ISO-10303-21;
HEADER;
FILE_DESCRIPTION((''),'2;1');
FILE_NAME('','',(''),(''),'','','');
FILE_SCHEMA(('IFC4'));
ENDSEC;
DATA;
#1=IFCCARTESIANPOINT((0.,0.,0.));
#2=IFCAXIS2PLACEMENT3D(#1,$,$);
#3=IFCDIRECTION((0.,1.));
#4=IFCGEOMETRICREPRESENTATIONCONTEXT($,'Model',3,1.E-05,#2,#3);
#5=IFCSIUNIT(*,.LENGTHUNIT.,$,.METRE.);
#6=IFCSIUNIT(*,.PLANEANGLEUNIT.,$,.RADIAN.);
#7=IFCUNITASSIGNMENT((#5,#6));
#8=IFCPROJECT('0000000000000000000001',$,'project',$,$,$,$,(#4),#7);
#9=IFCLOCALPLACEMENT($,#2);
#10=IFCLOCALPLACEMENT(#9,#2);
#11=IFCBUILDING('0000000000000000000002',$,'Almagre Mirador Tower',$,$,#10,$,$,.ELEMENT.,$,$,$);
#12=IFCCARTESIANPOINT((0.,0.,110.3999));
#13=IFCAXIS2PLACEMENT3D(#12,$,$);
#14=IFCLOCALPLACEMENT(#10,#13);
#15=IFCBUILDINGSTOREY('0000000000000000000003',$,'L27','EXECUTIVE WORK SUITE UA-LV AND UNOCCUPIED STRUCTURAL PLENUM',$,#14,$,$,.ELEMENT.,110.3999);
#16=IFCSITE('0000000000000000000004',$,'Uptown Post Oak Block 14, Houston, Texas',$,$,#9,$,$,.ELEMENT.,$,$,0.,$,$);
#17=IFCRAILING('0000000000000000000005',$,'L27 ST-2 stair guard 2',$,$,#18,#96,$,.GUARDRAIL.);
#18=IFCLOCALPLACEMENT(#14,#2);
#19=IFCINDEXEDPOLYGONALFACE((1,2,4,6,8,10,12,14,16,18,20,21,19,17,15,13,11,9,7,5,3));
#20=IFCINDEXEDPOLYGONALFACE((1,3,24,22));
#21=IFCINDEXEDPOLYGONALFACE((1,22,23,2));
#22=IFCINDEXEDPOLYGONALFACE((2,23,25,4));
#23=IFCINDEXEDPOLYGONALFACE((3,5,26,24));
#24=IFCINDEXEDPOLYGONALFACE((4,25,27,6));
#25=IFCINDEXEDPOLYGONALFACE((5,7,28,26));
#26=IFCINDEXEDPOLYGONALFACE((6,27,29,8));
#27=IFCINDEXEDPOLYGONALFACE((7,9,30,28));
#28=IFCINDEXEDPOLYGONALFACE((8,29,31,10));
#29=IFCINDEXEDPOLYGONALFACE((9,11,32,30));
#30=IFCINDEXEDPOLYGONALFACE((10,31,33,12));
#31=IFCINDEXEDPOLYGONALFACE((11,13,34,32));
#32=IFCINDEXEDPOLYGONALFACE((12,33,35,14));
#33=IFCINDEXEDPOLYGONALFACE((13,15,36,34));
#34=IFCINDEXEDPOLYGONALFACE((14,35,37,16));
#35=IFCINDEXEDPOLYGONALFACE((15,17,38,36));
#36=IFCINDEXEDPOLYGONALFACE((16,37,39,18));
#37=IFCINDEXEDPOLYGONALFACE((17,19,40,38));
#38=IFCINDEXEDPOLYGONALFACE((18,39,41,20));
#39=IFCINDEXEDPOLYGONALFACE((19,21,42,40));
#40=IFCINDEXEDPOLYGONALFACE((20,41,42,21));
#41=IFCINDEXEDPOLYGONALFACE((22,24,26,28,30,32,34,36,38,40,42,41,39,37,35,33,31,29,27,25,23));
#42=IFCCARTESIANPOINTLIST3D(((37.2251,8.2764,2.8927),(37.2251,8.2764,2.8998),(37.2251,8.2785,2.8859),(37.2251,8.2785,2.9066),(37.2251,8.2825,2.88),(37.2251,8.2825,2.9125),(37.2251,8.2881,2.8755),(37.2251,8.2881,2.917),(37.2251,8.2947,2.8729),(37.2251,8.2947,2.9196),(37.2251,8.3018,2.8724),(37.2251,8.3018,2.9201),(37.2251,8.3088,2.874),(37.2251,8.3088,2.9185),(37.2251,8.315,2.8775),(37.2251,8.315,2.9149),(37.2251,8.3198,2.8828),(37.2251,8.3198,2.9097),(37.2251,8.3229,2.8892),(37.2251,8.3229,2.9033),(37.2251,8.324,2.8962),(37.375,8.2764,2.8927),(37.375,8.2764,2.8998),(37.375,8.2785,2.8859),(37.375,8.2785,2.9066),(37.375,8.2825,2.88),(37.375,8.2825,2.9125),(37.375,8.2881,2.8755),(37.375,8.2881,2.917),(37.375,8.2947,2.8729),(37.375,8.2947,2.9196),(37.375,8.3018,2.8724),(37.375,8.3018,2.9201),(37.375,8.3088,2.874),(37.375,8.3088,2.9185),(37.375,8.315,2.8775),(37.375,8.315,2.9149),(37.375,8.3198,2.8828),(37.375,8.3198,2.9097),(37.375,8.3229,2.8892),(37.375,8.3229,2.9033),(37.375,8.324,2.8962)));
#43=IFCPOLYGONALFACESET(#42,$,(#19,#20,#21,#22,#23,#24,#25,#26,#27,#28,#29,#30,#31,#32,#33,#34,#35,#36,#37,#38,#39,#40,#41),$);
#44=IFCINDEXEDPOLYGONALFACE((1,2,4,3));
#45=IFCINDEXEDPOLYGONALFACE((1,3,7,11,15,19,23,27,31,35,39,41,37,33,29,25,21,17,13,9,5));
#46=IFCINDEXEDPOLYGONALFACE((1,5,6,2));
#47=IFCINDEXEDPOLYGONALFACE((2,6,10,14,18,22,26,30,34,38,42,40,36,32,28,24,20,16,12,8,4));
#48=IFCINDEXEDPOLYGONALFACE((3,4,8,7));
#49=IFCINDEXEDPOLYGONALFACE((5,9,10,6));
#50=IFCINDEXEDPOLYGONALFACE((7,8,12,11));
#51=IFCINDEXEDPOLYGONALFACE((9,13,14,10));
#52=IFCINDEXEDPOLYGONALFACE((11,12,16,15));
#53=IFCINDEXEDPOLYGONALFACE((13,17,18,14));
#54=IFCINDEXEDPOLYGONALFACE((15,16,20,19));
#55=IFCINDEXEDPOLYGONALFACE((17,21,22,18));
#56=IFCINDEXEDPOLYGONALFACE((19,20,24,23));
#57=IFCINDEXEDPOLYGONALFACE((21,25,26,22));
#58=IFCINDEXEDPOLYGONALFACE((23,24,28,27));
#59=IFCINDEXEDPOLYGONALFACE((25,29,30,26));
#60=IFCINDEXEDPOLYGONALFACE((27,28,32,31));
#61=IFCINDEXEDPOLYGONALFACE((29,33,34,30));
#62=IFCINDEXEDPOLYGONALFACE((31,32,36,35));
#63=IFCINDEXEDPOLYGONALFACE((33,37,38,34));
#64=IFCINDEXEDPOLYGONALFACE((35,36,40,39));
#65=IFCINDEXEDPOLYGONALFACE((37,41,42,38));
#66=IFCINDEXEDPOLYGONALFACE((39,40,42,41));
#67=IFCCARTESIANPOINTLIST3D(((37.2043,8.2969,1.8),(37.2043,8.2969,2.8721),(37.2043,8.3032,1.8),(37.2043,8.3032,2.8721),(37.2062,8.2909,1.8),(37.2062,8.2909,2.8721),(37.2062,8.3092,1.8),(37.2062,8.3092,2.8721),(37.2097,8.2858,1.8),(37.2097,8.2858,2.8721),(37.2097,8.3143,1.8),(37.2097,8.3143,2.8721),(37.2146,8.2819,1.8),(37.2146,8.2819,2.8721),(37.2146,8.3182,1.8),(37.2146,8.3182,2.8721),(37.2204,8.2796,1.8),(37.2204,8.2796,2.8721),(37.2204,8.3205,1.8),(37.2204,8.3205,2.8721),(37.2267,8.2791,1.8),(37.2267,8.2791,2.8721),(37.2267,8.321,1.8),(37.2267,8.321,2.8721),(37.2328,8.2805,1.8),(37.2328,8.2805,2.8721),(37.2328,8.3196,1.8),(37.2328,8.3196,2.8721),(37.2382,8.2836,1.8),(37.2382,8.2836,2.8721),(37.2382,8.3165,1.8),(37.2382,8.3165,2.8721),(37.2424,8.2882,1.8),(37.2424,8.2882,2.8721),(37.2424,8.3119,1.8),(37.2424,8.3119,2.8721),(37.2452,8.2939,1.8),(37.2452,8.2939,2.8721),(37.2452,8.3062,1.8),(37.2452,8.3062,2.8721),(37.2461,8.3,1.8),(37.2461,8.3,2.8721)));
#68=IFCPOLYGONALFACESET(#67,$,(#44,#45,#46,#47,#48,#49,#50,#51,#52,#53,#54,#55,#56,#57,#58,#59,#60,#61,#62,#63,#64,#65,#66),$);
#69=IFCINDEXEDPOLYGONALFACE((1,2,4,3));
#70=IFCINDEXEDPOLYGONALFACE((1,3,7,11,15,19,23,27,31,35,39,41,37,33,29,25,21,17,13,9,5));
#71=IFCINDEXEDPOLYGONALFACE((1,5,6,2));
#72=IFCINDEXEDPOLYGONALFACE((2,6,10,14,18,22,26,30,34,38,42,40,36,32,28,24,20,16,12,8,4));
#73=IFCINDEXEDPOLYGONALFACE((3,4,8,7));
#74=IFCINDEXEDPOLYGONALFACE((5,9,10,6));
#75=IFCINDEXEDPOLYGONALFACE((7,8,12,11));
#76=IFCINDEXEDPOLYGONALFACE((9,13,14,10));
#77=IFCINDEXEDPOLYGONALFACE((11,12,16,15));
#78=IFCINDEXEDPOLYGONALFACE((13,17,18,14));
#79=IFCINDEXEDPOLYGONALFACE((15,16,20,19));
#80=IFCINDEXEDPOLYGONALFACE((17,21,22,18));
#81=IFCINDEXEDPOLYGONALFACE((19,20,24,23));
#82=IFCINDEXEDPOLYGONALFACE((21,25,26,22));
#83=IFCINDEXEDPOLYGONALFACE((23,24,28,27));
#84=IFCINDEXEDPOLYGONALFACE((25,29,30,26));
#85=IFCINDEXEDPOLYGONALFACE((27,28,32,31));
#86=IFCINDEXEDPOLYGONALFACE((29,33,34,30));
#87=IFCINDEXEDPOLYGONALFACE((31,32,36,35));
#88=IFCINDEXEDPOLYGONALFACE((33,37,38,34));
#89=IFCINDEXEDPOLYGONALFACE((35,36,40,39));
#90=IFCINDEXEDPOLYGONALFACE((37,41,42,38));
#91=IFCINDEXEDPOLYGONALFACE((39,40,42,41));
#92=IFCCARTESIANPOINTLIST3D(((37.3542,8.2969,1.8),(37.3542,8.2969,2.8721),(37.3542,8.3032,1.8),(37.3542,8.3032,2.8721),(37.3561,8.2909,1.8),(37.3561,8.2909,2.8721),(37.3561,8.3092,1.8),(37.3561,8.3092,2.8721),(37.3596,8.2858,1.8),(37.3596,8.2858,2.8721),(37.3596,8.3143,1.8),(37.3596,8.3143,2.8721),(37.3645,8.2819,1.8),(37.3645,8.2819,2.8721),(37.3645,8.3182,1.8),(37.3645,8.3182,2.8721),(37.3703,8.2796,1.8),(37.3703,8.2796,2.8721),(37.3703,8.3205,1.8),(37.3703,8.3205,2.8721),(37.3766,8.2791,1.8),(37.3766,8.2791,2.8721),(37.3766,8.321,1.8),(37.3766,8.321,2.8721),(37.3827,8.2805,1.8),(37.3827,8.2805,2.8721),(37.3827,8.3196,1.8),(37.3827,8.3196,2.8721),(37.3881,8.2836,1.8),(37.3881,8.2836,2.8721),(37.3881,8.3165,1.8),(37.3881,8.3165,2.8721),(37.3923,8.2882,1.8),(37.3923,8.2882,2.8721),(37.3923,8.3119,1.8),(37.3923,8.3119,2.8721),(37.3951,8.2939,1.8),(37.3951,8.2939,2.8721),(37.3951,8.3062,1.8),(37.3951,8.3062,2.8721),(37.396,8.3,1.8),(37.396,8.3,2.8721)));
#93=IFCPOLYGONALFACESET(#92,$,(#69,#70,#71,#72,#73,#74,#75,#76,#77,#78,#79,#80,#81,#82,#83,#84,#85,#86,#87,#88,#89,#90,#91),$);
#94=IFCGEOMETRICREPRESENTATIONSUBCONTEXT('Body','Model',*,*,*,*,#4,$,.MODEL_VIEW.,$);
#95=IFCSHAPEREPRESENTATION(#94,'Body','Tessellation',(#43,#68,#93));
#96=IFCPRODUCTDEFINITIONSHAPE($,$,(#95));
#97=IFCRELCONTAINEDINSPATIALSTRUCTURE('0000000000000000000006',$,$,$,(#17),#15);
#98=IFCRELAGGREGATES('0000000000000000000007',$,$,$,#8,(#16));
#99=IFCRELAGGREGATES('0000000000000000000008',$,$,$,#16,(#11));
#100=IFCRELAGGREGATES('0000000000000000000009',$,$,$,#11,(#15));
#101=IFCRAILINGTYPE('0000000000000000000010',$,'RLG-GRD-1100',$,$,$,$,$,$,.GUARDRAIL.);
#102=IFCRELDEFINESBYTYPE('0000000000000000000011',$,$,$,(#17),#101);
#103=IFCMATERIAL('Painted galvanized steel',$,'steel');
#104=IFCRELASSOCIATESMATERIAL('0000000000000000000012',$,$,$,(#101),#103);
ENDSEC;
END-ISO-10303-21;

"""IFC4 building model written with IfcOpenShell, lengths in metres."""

from ifc_helpers import new_model, si_unit, direction, frame, origin, origin_2d, place, context, subcontext, project, spatial, circle, extrude, material, type_object, element, save


model = new_model("IFC4")

# Units and contexts
model_context = context("Model", 3, precision=1e-05, world=origin(), true_north=direction((0.0, 1.0)))
body_context = subcontext(model_context, "Body", "Model", "MODEL_VIEW")
ifc_project = project(units=[si_unit("LENGTHUNIT", "METRE"), si_unit("PLANEANGLEUNIT", "RADIAN")], contexts=[model_context])

# Site, building, storey
site_placement = place(None, origin())
site = spatial("IfcSite", under=ifc_project, at=site_placement, Name="Uptown Post Oak Block 14, Houston, Texas", CompositionType="ELEMENT", RefElevation=0.0)
building_placement = place(site_placement, origin())
building = spatial("IfcBuilding", under=site, at=building_placement, Name="Almagre Mirador Tower", CompositionType="ELEMENT")
storey_placement = place(building_placement, frame((0.0, 0.0, 110.3999)))
storey = spatial("IfcBuildingStorey", under=building, at=storey_placement, Name="L27", Description="EXECUTIVE WORK SUITE UA-LV AND UNOCCUPIED STRUCTURAL PLENUM", CompositionType="ELEMENT", Elevation=110.3999)

# Railing
ifc_material_1 = material(Name="Painted galvanized steel", Category="steel")
railing_type_1 = type_object("IfcRailingType", Name="RLG-GRD-1100", PredefinedType="GUARDRAIL", material=ifc_material_1)
railing_1_placement = place(storey_placement, frame((37.2251, 8.3, 1.8)))
element("IfcRailing", 1, at=railing_1_placement, inside=storey, type_object=railing_type_1, Name="L27 ST-2 stair guard 2", PredefinedType="GUARDRAIL", context=body_context, shape_type="SweptSolid", body=[
    extrude(circle(Radius=0.0239, at=origin_2d()), frame((0.0, 0.0, 1.0962), z_axis=(1.0, 0.0, 0.0), x_axis=(0.0, 1.0, 0.0)), (0.0, 0.0, 1.0), 0.1499),
    extrude(circle(Radius=0.021, at=origin_2d()), origin(), (0.0, 0.0, 1.0), 1.072),
    extrude(circle(Radius=0.021, at=origin_2d()), frame((0.1499, 0.0, 0.0)), (0.0, 0.0, 1.0), 1.072),
])

save(model, "model.ifc")
